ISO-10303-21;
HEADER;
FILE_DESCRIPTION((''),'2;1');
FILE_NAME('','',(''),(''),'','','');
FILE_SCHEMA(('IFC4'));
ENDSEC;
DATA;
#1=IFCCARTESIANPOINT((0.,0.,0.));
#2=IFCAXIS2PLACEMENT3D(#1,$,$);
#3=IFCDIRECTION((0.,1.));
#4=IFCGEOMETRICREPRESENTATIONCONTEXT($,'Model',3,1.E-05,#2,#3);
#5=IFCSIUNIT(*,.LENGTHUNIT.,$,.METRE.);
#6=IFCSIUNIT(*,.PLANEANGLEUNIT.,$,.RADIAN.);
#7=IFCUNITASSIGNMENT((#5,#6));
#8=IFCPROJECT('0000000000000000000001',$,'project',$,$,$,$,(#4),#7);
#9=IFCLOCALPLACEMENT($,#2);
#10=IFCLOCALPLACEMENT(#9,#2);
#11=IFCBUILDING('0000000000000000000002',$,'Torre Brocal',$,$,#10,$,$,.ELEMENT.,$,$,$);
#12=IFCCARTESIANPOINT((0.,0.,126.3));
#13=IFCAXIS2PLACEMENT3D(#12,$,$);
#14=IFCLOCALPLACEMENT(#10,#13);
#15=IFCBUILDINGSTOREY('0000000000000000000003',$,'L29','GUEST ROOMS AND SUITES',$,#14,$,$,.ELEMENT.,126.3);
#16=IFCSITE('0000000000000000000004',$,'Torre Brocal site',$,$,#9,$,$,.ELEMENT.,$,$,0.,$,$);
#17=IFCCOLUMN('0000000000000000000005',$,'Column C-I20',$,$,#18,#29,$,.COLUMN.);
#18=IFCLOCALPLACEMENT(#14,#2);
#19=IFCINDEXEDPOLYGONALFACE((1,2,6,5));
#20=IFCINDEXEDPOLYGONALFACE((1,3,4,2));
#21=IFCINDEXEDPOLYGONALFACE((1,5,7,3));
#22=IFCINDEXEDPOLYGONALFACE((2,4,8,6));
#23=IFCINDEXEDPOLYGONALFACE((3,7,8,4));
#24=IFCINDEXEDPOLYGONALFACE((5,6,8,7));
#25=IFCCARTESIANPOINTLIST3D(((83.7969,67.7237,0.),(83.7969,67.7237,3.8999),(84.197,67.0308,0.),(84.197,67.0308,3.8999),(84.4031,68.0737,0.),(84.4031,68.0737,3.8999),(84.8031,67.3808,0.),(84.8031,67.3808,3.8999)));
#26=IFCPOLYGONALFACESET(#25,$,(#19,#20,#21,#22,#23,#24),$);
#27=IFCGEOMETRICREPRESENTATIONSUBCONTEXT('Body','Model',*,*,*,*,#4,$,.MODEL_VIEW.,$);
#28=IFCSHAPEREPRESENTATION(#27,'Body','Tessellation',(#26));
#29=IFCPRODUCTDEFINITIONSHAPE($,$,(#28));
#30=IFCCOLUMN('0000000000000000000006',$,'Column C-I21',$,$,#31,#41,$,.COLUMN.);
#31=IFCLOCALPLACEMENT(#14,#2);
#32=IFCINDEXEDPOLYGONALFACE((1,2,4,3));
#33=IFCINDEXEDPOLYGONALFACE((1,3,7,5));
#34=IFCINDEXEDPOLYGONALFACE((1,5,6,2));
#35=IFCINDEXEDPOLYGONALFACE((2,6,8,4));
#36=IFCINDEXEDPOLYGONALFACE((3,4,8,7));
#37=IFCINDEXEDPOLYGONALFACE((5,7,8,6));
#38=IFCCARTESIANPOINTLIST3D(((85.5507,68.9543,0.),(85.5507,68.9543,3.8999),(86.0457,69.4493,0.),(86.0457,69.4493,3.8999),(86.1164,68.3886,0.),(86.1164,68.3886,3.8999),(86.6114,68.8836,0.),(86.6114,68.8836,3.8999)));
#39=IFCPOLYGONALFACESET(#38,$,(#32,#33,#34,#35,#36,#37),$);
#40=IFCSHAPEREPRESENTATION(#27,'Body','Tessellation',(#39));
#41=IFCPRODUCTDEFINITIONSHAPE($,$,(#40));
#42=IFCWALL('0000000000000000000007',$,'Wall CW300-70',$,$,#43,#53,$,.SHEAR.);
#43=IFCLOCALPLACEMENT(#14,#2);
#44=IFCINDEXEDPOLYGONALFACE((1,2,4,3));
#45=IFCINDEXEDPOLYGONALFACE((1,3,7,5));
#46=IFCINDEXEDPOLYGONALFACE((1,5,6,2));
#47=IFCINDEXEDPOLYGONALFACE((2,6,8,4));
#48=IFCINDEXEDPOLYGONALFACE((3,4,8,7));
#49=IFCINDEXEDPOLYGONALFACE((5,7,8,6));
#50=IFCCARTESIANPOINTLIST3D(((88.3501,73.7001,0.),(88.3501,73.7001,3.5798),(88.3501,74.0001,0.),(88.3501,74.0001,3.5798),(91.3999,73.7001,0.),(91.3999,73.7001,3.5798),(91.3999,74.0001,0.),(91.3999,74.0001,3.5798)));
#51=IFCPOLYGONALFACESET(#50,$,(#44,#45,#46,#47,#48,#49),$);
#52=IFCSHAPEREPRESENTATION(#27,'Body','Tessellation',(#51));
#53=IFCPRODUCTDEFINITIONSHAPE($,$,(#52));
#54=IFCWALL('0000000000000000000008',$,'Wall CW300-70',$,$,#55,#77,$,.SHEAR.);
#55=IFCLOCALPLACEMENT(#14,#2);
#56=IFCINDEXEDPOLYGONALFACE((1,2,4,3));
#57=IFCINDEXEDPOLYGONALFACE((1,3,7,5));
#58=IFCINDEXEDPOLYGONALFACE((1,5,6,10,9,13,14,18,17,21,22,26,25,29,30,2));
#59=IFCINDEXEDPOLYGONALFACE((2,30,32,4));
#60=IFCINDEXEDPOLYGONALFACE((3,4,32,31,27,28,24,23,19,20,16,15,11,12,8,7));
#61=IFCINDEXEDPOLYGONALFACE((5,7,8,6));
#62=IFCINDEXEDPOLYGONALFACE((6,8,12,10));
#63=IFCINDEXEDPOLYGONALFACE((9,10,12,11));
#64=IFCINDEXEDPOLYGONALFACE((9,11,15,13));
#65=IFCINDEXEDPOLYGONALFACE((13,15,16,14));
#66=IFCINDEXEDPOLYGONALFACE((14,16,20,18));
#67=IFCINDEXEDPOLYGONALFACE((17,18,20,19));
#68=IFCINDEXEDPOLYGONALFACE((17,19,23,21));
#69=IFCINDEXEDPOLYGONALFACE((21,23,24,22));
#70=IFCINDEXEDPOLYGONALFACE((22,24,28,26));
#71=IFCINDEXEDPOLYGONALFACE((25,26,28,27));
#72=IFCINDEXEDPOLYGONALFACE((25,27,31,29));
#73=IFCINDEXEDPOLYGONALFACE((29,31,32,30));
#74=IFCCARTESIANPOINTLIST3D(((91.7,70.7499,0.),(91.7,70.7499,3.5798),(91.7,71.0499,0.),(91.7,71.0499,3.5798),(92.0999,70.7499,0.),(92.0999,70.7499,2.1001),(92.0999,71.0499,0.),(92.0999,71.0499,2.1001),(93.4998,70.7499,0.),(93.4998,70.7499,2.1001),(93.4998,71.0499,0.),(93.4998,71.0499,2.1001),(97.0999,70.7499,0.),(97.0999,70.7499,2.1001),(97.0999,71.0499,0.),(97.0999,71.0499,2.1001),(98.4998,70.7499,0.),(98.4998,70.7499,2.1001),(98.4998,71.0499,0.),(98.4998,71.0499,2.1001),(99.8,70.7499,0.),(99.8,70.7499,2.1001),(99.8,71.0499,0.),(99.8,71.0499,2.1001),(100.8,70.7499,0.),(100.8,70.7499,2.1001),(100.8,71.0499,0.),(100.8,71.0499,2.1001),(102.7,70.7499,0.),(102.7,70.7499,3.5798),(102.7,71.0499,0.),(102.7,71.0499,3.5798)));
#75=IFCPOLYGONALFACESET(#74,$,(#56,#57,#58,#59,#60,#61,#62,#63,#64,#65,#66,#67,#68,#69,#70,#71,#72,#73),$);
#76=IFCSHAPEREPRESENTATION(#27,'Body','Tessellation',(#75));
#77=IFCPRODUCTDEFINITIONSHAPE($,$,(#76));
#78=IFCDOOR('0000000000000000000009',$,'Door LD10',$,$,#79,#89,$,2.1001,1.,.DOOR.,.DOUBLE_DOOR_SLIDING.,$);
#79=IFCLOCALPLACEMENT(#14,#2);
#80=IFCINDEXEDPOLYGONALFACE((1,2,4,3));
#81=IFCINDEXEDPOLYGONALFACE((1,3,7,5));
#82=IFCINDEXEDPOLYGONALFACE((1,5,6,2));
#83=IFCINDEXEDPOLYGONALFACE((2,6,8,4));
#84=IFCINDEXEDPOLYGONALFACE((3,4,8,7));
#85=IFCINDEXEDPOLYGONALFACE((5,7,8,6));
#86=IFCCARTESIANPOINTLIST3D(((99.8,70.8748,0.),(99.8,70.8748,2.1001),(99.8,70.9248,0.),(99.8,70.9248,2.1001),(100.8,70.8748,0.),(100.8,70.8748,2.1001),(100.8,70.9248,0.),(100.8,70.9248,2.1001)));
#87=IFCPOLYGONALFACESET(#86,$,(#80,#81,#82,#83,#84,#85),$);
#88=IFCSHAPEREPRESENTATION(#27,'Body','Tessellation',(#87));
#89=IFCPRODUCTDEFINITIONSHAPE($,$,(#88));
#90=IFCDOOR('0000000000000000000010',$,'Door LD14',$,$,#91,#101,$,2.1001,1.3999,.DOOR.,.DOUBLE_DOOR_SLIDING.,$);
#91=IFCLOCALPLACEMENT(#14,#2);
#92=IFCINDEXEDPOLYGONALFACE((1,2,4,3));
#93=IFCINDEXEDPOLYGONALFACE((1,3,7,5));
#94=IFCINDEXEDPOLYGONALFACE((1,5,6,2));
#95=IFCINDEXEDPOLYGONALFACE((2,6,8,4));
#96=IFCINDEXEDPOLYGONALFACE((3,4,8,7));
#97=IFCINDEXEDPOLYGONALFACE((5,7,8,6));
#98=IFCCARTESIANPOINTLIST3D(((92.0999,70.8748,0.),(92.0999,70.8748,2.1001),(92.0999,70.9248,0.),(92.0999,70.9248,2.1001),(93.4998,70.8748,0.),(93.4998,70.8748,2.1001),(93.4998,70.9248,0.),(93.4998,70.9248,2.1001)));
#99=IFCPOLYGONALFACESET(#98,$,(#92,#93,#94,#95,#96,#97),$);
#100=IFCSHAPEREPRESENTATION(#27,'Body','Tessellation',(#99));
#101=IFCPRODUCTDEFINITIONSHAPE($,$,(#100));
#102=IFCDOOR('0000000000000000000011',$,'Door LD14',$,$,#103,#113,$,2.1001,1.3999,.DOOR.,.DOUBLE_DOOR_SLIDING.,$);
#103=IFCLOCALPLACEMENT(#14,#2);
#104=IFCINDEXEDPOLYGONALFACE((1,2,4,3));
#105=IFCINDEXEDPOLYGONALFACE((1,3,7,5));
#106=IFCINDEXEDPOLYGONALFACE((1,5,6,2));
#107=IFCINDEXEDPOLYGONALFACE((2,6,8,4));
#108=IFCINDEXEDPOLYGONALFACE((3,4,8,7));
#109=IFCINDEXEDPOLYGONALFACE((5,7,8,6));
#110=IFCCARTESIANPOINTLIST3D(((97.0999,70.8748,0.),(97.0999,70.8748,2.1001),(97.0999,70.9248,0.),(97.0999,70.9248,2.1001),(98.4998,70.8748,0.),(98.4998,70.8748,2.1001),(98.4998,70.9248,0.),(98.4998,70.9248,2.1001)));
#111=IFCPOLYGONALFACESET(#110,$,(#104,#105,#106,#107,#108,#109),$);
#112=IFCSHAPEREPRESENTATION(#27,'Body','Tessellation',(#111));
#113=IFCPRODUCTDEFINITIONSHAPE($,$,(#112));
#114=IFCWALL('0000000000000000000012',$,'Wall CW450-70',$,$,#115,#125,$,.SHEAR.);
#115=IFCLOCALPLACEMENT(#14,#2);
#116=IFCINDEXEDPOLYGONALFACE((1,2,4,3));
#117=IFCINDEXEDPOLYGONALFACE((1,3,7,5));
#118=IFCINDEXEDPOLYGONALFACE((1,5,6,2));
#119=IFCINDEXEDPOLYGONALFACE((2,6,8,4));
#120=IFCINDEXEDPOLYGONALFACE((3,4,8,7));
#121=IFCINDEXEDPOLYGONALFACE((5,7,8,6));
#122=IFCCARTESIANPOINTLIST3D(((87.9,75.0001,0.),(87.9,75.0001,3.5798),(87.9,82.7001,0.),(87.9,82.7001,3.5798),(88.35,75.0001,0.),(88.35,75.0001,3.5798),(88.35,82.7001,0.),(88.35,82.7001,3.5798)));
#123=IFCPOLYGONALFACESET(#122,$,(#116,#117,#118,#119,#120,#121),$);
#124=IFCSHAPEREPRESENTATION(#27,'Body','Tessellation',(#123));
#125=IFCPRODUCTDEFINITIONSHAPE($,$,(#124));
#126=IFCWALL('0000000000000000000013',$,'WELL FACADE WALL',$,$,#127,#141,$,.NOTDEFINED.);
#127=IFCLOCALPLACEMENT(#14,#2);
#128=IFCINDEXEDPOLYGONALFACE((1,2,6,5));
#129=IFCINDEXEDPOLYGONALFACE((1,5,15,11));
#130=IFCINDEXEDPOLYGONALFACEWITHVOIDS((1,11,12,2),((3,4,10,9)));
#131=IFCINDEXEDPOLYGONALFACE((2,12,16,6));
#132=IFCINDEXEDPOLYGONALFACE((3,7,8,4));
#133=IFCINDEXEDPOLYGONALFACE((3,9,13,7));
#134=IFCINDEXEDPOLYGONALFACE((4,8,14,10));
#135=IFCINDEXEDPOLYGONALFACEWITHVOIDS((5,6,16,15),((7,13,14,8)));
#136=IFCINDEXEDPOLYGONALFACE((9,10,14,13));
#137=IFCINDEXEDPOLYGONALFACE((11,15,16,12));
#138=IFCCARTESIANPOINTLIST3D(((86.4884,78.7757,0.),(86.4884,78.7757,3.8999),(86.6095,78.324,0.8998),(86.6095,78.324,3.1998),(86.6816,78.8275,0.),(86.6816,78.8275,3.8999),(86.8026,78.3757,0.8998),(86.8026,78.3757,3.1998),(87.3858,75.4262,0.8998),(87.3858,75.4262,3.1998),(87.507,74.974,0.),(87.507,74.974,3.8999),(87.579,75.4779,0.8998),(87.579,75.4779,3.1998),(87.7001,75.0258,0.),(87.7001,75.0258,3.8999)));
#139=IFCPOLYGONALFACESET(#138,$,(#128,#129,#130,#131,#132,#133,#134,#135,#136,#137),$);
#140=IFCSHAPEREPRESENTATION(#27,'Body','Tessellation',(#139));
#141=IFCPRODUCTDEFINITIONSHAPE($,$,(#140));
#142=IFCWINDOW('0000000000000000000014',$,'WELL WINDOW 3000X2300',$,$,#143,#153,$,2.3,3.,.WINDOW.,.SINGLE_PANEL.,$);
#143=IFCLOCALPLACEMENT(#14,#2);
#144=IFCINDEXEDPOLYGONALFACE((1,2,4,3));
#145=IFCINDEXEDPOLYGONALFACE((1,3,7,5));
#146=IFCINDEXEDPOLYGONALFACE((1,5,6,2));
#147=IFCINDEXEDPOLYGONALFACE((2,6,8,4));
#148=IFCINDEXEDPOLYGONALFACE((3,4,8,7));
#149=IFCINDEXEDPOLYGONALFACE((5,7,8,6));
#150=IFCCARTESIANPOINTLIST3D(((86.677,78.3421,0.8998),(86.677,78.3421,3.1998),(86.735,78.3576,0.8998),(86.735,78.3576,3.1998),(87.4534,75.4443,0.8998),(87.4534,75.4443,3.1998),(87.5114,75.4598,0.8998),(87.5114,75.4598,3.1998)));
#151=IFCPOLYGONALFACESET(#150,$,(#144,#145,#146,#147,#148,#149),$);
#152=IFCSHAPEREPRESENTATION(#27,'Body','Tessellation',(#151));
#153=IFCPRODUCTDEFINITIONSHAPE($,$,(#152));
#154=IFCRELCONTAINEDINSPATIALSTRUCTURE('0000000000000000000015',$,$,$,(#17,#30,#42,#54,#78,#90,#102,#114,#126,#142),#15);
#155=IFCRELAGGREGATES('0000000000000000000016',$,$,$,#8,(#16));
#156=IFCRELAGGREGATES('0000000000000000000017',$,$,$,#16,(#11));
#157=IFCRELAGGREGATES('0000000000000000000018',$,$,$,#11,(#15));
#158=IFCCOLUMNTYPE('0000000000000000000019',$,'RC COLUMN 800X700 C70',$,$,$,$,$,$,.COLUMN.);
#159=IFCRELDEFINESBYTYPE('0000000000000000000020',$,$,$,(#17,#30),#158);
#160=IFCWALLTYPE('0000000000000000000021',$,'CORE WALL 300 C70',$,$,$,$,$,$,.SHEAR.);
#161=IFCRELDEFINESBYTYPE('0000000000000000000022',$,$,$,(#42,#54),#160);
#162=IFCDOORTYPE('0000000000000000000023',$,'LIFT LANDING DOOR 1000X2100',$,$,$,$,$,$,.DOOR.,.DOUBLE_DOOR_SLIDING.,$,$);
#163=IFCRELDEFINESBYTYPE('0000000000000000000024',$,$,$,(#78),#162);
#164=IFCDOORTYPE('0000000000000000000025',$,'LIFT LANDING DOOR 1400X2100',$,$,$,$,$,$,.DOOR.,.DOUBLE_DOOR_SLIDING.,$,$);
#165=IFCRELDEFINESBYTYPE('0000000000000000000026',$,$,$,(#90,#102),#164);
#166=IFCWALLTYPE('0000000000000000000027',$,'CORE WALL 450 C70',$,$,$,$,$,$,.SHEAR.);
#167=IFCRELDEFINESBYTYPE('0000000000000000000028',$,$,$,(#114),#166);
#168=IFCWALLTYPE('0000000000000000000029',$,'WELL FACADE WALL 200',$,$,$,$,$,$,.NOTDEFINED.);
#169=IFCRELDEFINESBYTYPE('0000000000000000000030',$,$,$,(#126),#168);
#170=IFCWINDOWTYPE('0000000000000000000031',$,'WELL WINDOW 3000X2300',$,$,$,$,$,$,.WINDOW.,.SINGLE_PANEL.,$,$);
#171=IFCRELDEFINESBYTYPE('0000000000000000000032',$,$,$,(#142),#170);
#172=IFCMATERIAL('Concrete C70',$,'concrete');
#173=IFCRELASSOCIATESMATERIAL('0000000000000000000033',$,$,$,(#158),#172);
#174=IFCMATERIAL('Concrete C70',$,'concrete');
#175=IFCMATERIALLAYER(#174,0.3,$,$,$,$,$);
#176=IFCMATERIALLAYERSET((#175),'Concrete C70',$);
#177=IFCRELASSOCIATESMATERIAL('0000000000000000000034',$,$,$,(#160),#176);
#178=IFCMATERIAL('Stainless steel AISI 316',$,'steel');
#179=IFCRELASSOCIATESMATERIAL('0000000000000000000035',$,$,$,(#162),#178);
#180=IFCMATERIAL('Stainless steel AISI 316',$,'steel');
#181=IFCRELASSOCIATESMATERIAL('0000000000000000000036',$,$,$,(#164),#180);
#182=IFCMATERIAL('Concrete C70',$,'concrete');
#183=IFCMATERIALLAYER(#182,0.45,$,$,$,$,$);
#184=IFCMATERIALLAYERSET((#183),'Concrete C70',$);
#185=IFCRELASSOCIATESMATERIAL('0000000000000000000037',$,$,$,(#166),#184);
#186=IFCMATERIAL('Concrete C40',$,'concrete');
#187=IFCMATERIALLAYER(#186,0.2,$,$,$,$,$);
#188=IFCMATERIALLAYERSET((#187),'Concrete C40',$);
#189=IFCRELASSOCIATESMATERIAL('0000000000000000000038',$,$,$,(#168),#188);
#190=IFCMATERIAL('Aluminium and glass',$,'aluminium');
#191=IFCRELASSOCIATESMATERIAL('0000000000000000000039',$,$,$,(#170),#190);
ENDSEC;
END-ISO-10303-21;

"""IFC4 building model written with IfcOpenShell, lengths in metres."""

from ifc_helpers import new_model, si_unit, direction, frame, frame_2d, origin, origin_2d, place, context, subcontext, project, spatial, rectangle, extrude, material, layer, layer_set, material_profile, profile_set, type_object, element, fill, save


model = new_model("IFC4")

# Units and contexts
model_context = context("Model", 3, precision=1e-05, world=origin(), true_north=direction((0.0, 1.0)))
body_context = subcontext(model_context, "Body", "Model", "MODEL_VIEW")
ifc_project = project(units=[si_unit("LENGTHUNIT", "METRE"), si_unit("PLANEANGLEUNIT", "RADIAN")], contexts=[model_context])

# Site, building, storey
site_placement = place(None, origin())
site = spatial("IfcSite", under=ifc_project, at=site_placement, Name="Torre Brocal site", CompositionType="ELEMENT", RefElevation=0.0)
building_placement = place(site_placement, origin())
building = spatial("IfcBuilding", under=site, at=building_placement, Name="Torre Brocal", CompositionType="ELEMENT")
storey_placement = place(building_placement, frame((0.0, 0.0, 126.3)))
storey = spatial("IfcBuildingStorey", under=building, at=storey_placement, Name="L29", Description="GUEST ROOMS AND SUITES", CompositionType="ELEMENT", Elevation=126.3)

# Columns
ifc_material_1 = material(Name="Concrete C70", Category="concrete")
ifc_material_profile = material_profile(ifc_material_1, rectangle(XDim=0.8, YDim=0.7, at=origin_2d()), Name="RC 800X700")
ifc_profile_set = profile_set([ifc_material_profile], Name="Concrete C70")
column_type = type_object("IfcColumnType", Name="RC COLUMN 800X700 C70", PredefinedType="COLUMN", material=ifc_profile_set)
for number, where, z_axis, x_axis, name in (
    (1, (84.3, 67.5522, 0.0), (0.0, 0.0, 1.0), (0.5, -0.866025, 0.0), "Column C-I20"),
    (2, (86.0811, 68.9189, 0.0), (0.0, 0.0, 1.0), (0.707107, -0.707107, 0.0), "Column C-I21"),
):
    element("IfcColumn", number, at=place(storey_placement, frame(where, z_axis=z_axis, x_axis=x_axis)), inside=storey, type_object=column_type, Name=name, PredefinedType="COLUMN", context=body_context, shape_type="SweptSolid", body=[
        extrude(rectangle(XDim=0.8, YDim=0.7, at=origin_2d()), origin(), (0.0, 0.0, 1.0), 3.8999),
    ])

# Wall
ifc_material_2 = material(Name="Concrete C70", Category="concrete")
ifc_layer_1 = layer(ifc_material_2, 0.3)
ifc_layer_set_1 = layer_set([ifc_layer_1], Name="Concrete C70")
wall_type_1 = type_object("IfcWallType", Name="CORE WALL 300 C70", PredefinedType="SHEAR", material=ifc_layer_set_1)
wall_1_placement = place(storey_placement, frame((88.3501, 73.8501, 0.0), z_axis=(0.0, 0.0, 1.0), x_axis=(1.0, 0.0, 0.0)))
element("IfcWall", 3, at=wall_1_placement, inside=storey, type_object=wall_type_1, Name="Wall CW300-70", PredefinedType="SHEAR", context=body_context, shape_type="SweptSolid", body=[
    extrude(rectangle(XDim=3.0498, YDim=0.3, at=frame_2d((1.5249, 0.0))), origin(), (0.0, 0.0, 1.0), 3.5798),
])

# Wall, openings, doors
wall_2_placement = place(storey_placement, frame((91.7, 70.8999, 0.0), z_axis=(0.0, 0.0, 1.0), x_axis=(1.0, 0.0, 0.0)))
wall_2 = element("IfcWall", 4, at=wall_2_placement, inside=storey, type_object=wall_type_1, Name="Wall CW300-70", PredefinedType="SHEAR", context=body_context, shape_type="SweptSolid", body=[
    extrude(rectangle(XDim=11.0, YDim=0.3, at=frame_2d((5.5, 0.0))), origin(), (0.0, 0.0, 1.0), 3.5798),
])
opening_1_placement = place(wall_2_placement, frame((0.3999, 0.0, 0.0)))
opening_1 = element("IfcOpeningElement", 5, at=opening_1_placement, cuts=wall_2, PredefinedType="OPENING", context=body_context, shape_type="SweptSolid", body=[
    extrude(rectangle(XDim=1.3999, YDim=2.1001, at=frame_2d((0.7, 1.05))), frame((0.0, 0.1599, 0.0), z_axis=(0.0, -1.0, 0.0), x_axis=(1.0, 0.0, 0.0)), (0.0, 0.0, 1.0), 0.3201),
])
opening_2_placement = place(wall_2_placement, frame((5.3999, 0.0, 0.0)))
opening_2 = element("IfcOpeningElement", 6, at=opening_2_placement, cuts=wall_2, PredefinedType="OPENING", context=body_context, shape_type="SweptSolid", body=[
    extrude(rectangle(XDim=1.3999, YDim=2.1001, at=frame_2d((0.7, 1.05))), frame((0.0, 0.1599, 0.0), z_axis=(0.0, -1.0, 0.0), x_axis=(1.0, 0.0, 0.0)), (0.0, 0.0, 1.0), 0.3201),
])
opening_3_placement = place(wall_2_placement, frame((8.1001, 0.0, 0.0)))
opening_3 = element("IfcOpeningElement", 7, at=opening_3_placement, cuts=wall_2, PredefinedType="OPENING", context=body_context, shape_type="SweptSolid", body=[
    extrude(rectangle(XDim=1.0, YDim=2.1001, at=frame_2d((0.5, 1.05))), frame((0.0, 0.1599, 0.0), z_axis=(0.0, -1.0, 0.0), x_axis=(1.0, 0.0, 0.0)), (0.0, 0.0, 1.0), 0.3201),
])
ifc_material_3 = material(Name="Stainless steel AISI 316", Category="steel")
door_type_1 = type_object("IfcDoorType", Name="LIFT LANDING DOOR 1000X2100", OperationType="DOUBLE_DOOR_SLIDING", PredefinedType="DOOR", material=ifc_material_3)
door_1_placement = place(opening_3_placement, origin())
door_1 = element("IfcDoor", 8, at=door_1_placement, inside=storey, type_object=door_type_1, Name="Door LD10", OperationType="DOUBLE_DOOR_SLIDING", OverallHeight=2.1001, OverallWidth=1.0, PredefinedType="DOOR", context=body_context, shape_type="SweptSolid", body=[
    extrude(rectangle(XDim=1.0, YDim=2.1001, at=frame_2d((0.5, 1.05))), frame((0.0, 0.0249, 0.0), z_axis=(0.0, -1.0, 0.0), x_axis=(1.0, 0.0, 0.0)), (0.0, 0.0, 1.0), 0.05),
])
fill(opening_3, door_1)
ifc_material_4 = material(Name="Stainless steel AISI 316", Category="steel")
door_type_2 = type_object("IfcDoorType", Name="LIFT LANDING DOOR 1400X2100", OperationType="DOUBLE_DOOR_SLIDING", PredefinedType="DOOR", material=ifc_material_4)
door_2_placement = place(opening_1_placement, origin())
door_2 = element("IfcDoor", 9, at=door_2_placement, inside=storey, type_object=door_type_2, Name="Door LD14", OperationType="DOUBLE_DOOR_SLIDING", OverallHeight=2.1001, OverallWidth=1.3999, PredefinedType="DOOR", context=body_context, shape_type="SweptSolid", body=[
    extrude(rectangle(XDim=1.3999, YDim=2.1001, at=frame_2d((0.7, 1.05))), frame((0.0, 0.0249, 0.0), z_axis=(0.0, -1.0, 0.0), x_axis=(1.0, 0.0, 0.0)), (0.0, 0.0, 1.0), 0.05),
])
fill(opening_1, door_2)
door_3_placement = place(opening_2_placement, origin())
door_3 = element("IfcDoor", 10, at=door_3_placement, inside=storey, type_object=door_type_2, Name="Door LD14", OperationType="DOUBLE_DOOR_SLIDING", OverallHeight=2.1001, OverallWidth=1.3999, PredefinedType="DOOR", context=body_context, shape_type="SweptSolid", body=[
    extrude(rectangle(XDim=1.3999, YDim=2.1001, at=frame_2d((0.7, 1.05))), frame((0.0, 0.0249, 0.0), z_axis=(0.0, -1.0, 0.0), x_axis=(1.0, 0.0, 0.0)), (0.0, 0.0, 1.0), 0.05),
])
fill(opening_2, door_3)

# Wall
ifc_material_5 = material(Name="Concrete C70", Category="concrete")
ifc_layer_2 = layer(ifc_material_5, 0.45)
ifc_layer_set_2 = layer_set([ifc_layer_2], Name="Concrete C70")
wall_type_2 = type_object("IfcWallType", Name="CORE WALL 450 C70", PredefinedType="SHEAR", material=ifc_layer_set_2)
wall_3_placement = place(storey_placement, frame((88.125, 75.0, 0.0), z_axis=(0.0, 0.0, 1.0), x_axis=(0.0, 1.0, 0.0)))
element("IfcWall", 11, at=wall_3_placement, inside=storey, type_object=wall_type_2, Name="Wall CW450-70", PredefinedType="SHEAR", context=body_context, shape_type="SweptSolid", body=[
    extrude(rectangle(XDim=7.7, YDim=0.45, at=frame_2d((3.8501, 0.0))), origin(), (0.0, 0.0, 1.0), 3.5798),
])

# Wall, opening, window
ifc_material_6 = material(Name="Concrete C40", Category="concrete")
ifc_layer_3 = layer(ifc_material_6, 0.2)
ifc_layer_set_3 = layer_set([ifc_layer_3], Name="Concrete C40")
wall_type_3 = type_object("IfcWallType", Name="WELL FACADE WALL 200", PredefinedType="NOTDEFINED", material=ifc_layer_set_3)
wall_4_placement = place(storey_placement, frame((87.6035, 75.0, 0.0), z_axis=(0.0, 0.0, 1.0), x_axis=(-0.25879, 0.965934, 0.0)))
wall_4 = element("IfcWall", 12, at=wall_4_placement, inside=storey, type_object=wall_type_3, Name="WELL FACADE WALL", PredefinedType="NOTDEFINED", context=body_context, shape_type="SweptSolid", body=[
    extrude(rectangle(XDim=3.9358, YDim=0.2, at=frame_2d((1.9678, 0.0))), origin(), (0.0, 0.0, 1.0), 3.8999),
])
opening_4_placement = place(wall_4_placement, frame((0.468, 0.0, 0.8999)))
opening_4 = element("IfcOpeningElement", 13, at=opening_4_placement, cuts=wall_4, PredefinedType="OPENING", context=body_context, shape_type="SweptSolid", body=[
    extrude(rectangle(XDim=3.0, YDim=2.3, at=frame_2d((1.5, 1.1499))), frame((0.0, 0.1099, 0.0), z_axis=(0.0, -1.0, 0.0), x_axis=(1.0, 0.0, 0.0)), (0.0, 0.0, 1.0), 0.22),
])
ifc_material_7 = material(Name="Aluminium and glass", Category="aluminium")
window_type = type_object("IfcWindowType", Name="WELL WINDOW 3000X2300", PartitioningType="SINGLE_PANEL", PredefinedType="WINDOW", material=ifc_material_7)
window_1_placement = place(opening_4_placement, origin())
window_1 = element("IfcWindow", 14, at=window_1_placement, inside=storey, type_object=window_type, Name="WELL WINDOW 3000X2300", OverallHeight=2.3, OverallWidth=3.0, PartitioningType="SINGLE_PANEL", PredefinedType="WINDOW", context=body_context, shape_type="SweptSolid", body=[
    extrude(rectangle(XDim=3.0, YDim=2.3, at=frame_2d((1.5, 1.1499))), frame((0.0, 0.03, 0.0), z_axis=(0.0, -1.0, 0.0), x_axis=(1.0, 0.0, 0.0)), (0.0, 0.0, 1.0), 0.0601),
])
fill(opening_4, window_1)

save(model, "model.ifc")
